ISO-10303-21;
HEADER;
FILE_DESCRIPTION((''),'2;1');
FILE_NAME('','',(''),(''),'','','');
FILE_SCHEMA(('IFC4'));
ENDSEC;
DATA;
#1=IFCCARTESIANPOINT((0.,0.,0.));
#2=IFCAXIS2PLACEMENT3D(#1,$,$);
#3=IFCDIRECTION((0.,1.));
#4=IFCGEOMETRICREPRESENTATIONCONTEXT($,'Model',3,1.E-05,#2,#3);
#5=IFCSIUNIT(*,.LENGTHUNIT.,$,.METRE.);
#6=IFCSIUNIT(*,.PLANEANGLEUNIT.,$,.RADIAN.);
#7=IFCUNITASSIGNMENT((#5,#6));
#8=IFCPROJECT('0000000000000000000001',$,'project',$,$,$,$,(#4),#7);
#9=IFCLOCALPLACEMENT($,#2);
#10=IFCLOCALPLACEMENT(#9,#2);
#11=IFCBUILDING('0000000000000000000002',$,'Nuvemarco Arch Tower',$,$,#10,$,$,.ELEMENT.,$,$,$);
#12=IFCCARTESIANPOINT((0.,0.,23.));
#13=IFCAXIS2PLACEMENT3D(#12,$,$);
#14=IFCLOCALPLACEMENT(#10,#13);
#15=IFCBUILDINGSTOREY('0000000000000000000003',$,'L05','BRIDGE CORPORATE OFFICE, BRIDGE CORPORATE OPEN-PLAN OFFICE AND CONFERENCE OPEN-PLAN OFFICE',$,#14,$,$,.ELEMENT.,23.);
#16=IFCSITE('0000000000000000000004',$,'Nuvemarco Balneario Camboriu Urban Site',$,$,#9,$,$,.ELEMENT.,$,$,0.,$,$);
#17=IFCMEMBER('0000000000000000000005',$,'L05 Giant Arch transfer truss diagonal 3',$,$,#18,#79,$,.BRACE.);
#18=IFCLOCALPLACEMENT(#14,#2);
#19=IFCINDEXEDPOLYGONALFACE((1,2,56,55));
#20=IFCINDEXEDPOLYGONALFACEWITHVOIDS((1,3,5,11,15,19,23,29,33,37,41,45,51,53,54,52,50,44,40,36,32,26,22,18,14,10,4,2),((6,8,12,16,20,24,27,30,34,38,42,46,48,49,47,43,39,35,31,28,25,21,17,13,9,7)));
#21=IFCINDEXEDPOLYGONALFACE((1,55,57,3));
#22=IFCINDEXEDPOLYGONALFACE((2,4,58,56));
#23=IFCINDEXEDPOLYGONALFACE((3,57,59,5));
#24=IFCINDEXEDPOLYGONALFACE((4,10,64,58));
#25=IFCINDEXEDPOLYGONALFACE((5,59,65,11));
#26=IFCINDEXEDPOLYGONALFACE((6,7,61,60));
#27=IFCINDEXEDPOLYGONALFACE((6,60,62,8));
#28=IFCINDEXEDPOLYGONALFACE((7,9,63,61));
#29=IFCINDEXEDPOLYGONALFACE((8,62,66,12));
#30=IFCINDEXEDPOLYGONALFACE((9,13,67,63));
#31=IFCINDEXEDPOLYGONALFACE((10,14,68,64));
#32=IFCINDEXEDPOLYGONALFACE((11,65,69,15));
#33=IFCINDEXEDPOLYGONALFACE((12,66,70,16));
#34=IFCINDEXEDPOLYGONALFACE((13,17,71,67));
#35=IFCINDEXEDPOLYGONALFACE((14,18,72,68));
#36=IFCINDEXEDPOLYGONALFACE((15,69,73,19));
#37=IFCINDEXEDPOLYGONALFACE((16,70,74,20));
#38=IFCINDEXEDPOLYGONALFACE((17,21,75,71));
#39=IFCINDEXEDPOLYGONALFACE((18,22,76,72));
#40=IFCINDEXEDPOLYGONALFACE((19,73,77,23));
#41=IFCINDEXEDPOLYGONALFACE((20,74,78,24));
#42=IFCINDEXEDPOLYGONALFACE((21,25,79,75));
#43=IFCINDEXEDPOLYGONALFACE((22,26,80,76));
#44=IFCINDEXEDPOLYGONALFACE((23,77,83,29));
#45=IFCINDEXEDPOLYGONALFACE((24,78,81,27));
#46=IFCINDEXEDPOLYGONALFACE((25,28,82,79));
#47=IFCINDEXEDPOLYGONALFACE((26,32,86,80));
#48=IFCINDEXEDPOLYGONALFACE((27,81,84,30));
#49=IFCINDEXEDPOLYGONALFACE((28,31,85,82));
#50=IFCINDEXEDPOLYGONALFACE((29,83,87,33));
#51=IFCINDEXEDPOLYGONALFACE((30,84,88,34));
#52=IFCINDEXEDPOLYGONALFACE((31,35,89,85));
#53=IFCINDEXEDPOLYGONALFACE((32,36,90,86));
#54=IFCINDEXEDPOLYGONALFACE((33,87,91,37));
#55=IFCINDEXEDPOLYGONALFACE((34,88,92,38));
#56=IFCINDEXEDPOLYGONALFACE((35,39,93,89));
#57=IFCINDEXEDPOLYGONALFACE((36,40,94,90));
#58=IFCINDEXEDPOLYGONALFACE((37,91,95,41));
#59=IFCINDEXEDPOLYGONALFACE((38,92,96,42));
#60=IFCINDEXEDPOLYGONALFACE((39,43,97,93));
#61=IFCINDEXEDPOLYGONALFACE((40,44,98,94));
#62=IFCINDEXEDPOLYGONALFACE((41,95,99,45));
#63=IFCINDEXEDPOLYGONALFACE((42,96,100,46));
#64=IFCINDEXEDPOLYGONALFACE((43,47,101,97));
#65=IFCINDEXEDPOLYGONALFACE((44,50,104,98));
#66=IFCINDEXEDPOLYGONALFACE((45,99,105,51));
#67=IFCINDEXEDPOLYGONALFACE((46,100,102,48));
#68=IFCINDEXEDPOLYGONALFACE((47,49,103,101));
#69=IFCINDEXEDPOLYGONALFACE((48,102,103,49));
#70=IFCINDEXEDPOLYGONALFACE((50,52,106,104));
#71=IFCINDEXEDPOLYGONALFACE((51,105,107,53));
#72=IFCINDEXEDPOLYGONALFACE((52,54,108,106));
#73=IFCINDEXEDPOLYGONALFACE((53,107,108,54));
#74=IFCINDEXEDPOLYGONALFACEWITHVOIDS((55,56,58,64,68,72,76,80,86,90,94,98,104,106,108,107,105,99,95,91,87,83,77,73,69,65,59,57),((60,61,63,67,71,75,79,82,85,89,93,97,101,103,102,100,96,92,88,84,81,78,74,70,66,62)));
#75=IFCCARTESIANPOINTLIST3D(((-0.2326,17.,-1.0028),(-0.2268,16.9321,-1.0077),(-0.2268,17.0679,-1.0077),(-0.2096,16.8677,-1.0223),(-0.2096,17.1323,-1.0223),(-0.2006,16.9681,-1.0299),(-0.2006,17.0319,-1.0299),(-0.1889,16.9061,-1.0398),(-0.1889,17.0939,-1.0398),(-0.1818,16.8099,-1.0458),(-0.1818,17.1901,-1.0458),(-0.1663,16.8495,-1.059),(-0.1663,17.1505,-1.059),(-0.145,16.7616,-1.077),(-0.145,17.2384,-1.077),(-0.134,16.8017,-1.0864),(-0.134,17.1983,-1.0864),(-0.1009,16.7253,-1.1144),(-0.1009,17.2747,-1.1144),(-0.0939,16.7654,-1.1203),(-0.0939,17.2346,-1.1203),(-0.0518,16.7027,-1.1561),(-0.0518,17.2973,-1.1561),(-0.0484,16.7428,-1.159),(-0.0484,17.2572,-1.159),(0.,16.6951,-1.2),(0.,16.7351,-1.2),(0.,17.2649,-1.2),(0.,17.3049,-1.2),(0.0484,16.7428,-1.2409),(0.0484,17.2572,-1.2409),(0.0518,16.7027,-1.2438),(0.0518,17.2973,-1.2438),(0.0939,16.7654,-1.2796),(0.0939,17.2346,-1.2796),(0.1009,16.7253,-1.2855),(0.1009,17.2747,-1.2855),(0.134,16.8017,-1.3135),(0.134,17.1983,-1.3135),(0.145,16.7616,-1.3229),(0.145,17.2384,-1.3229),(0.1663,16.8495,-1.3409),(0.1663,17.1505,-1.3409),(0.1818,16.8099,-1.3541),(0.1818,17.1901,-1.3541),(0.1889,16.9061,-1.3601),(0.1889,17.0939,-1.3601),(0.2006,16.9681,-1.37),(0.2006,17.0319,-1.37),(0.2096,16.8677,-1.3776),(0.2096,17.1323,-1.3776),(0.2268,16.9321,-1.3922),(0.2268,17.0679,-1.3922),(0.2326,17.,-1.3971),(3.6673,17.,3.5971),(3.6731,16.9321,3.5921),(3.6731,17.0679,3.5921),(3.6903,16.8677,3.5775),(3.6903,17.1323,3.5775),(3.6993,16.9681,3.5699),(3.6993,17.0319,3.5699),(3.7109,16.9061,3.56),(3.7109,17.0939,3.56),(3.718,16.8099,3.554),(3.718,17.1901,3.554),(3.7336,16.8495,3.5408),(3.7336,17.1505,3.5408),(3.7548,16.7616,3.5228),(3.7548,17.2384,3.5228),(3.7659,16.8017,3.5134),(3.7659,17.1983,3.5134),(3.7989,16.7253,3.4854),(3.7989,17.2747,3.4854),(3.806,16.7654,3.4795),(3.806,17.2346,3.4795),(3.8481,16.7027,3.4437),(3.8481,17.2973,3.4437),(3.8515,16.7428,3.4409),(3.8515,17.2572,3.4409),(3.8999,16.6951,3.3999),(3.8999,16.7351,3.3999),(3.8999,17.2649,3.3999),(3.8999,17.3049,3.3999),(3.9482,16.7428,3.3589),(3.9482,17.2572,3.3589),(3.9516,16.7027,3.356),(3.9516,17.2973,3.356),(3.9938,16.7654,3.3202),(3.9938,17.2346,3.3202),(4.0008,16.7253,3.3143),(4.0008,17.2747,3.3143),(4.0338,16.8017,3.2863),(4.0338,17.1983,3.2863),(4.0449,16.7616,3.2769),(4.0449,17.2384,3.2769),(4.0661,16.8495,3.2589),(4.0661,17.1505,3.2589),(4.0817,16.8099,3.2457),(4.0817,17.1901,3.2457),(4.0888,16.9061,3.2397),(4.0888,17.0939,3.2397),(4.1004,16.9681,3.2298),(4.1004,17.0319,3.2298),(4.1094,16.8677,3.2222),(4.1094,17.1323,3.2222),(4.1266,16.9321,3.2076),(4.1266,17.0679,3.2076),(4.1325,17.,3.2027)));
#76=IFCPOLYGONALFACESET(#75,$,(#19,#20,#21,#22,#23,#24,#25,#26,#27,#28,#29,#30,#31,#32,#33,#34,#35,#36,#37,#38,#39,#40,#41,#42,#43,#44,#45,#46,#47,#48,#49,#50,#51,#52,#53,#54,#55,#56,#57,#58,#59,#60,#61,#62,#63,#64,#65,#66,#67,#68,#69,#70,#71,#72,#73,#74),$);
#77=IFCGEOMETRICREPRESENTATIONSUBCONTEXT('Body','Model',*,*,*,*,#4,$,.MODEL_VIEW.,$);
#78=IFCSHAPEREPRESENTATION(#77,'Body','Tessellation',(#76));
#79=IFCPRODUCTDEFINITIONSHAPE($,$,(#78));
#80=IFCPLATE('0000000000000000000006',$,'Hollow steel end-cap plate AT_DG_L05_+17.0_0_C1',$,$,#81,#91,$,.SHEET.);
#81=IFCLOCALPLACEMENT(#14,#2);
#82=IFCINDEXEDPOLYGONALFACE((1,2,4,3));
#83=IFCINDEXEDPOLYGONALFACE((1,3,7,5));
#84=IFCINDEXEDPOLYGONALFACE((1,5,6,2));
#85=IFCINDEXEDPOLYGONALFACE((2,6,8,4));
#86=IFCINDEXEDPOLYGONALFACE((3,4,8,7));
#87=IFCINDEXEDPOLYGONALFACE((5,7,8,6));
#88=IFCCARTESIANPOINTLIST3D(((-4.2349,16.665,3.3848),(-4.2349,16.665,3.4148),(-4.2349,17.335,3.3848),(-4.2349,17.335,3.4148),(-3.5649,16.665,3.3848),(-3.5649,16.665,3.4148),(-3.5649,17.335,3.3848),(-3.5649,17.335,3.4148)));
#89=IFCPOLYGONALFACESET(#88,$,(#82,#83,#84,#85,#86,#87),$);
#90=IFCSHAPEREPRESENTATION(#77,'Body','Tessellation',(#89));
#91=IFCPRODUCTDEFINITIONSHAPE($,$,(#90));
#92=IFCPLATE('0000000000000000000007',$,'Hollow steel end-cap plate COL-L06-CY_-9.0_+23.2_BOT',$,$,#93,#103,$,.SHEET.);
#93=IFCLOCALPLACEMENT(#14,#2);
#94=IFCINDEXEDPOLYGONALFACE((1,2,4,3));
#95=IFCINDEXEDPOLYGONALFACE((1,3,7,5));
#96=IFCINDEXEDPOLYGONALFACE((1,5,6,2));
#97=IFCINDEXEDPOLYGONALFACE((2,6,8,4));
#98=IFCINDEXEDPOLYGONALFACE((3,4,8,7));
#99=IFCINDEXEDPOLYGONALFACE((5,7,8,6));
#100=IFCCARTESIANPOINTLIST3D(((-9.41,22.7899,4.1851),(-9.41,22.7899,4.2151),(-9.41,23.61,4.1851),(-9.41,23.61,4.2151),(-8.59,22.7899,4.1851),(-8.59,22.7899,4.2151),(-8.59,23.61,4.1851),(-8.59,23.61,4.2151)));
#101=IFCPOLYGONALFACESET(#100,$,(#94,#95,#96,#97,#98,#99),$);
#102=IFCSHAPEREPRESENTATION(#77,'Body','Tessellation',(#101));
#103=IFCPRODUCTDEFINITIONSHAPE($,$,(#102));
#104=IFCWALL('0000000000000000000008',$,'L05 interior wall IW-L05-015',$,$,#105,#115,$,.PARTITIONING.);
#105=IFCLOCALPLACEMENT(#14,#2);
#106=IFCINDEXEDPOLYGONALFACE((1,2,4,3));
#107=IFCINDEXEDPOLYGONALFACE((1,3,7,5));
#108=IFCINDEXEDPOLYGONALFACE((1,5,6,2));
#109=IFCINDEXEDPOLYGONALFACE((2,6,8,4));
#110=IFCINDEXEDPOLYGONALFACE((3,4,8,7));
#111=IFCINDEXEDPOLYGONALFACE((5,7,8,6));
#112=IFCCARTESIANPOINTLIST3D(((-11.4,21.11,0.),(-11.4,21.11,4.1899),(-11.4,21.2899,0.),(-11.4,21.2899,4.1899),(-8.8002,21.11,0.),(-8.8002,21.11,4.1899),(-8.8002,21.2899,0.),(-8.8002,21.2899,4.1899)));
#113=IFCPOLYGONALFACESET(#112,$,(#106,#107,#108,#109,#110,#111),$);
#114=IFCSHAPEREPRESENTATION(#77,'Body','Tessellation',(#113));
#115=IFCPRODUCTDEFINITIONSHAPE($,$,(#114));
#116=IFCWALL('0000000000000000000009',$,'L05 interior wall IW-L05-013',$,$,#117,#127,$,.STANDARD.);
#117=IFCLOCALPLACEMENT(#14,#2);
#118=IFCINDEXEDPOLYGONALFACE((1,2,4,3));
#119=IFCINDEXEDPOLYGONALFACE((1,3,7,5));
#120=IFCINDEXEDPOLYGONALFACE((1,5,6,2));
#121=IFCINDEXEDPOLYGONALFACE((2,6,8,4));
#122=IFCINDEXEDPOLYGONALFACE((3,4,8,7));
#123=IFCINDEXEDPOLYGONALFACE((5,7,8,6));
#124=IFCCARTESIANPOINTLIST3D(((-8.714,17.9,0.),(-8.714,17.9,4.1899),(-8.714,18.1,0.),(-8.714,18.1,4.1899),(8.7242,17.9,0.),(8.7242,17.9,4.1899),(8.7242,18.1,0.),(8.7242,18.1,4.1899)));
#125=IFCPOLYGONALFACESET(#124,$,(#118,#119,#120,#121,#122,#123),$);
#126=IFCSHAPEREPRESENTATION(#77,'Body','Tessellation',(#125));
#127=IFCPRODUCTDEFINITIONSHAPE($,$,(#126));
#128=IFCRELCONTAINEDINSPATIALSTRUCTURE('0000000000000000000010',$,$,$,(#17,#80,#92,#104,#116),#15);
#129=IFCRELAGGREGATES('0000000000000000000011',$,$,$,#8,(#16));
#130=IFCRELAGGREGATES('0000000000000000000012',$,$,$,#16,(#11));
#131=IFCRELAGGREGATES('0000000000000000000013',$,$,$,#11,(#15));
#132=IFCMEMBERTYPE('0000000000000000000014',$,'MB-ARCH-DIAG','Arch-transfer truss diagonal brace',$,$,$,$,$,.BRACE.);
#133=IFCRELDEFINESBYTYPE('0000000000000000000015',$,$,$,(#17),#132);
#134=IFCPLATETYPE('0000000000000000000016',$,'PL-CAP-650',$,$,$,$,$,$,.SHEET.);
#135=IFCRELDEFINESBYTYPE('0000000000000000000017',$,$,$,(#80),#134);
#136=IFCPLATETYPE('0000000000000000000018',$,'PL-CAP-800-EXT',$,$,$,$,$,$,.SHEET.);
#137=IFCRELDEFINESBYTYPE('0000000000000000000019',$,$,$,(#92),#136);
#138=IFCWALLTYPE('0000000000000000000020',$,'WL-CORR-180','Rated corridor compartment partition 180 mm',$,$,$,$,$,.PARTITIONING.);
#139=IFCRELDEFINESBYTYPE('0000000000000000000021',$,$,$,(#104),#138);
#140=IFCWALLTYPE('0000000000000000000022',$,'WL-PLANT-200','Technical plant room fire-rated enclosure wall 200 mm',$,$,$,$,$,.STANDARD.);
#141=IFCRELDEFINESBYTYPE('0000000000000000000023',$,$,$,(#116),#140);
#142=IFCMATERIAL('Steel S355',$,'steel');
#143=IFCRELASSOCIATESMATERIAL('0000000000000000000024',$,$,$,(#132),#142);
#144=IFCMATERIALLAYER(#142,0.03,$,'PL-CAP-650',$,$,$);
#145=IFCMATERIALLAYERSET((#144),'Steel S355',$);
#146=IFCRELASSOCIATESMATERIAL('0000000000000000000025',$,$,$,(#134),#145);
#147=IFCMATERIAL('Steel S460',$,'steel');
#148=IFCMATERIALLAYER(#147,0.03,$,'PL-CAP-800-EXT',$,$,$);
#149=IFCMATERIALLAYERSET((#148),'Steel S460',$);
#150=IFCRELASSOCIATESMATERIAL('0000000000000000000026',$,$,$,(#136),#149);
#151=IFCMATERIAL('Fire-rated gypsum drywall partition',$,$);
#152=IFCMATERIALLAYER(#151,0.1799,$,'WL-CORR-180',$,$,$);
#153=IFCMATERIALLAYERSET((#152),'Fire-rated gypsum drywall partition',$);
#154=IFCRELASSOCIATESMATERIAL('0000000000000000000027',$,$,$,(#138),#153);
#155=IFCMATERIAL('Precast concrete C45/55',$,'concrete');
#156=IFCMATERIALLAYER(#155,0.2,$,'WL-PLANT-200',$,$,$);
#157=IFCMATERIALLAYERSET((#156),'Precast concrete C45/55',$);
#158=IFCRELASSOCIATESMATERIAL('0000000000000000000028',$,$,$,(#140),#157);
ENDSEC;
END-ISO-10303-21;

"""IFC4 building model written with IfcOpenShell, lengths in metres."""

from ifc_helpers import new_model, si_unit, direction, frame, frame_2d, origin, origin_2d, place, context, subcontext, project, spatial, rectangle, hollow_circle, extrude, source, transform, mapped, material, layer, layer_set, material_profile, profile_set, type_object, type_shapes, element, save


model = new_model("IFC4")

# Units and contexts
model_context = context("Model", 3, precision=1e-05, world=origin(), true_north=direction((0.0, 1.0)))
body_context = subcontext(model_context, "Body", "Model", "MODEL_VIEW")
ifc_project = project(units=[si_unit("LENGTHUNIT", "METRE"), si_unit("PLANEANGLEUNIT", "RADIAN")], contexts=[model_context])

# Site, building, storey
site_placement = place(None, origin())
site = spatial("IfcSite", under=ifc_project, at=site_placement, Name="Nuvemarco Balneario Camboriu Urban Site", CompositionType="ELEMENT", RefElevation=0.0)
building_placement = place(site_placement, origin())
building = spatial("IfcBuilding", under=site, at=building_placement, Name="Nuvemarco Arch Tower", CompositionType="ELEMENT")
storey_placement = place(building_placement, frame((0.0, 0.0, 23.0)))
storey = spatial("IfcBuildingStorey", under=building, at=storey_placement, Name="L05", Description="BRIDGE CORPORATE OFFICE, BRIDGE CORPORATE OPEN-PLAN OFFICE AND CONFERENCE OPEN-PLAN OFFICE", CompositionType="ELEMENT", Elevation=23.0)

# Shared definitions
ifc_material_1 = material(Name="Steel S460", Category="steel")
ifc_material_2 = material(Name="Steel S355", Category="steel")

# Member
ifc_material_profile_1 = material_profile(ifc_material_2, hollow_circle(Radius=0.3049, WallThickness=0.04, at=origin_2d()), Name="CHS610x40")
ifc_profile_set_1 = profile_set([ifc_material_profile_1], Name="Steel S355")
member_type_1 = type_object("IfcMemberType", Name="MB-ARCH-DIAG", Description="Arch-transfer truss diagonal brace", PredefinedType="BRACE", material=ifc_profile_set_1)
for number, where, z_axis, x_axis, name in (
    (1, (0.0, 17.0, -1.2), (0.646688, 0.0, 0.762755), (0.0, 1.0, 0.0), "L05 Giant Arch transfer truss diagonal 3"),
):
    element("IfcMember", number, at=place(storey_placement, frame(where, z_axis=z_axis, x_axis=x_axis)), inside=storey, type_object=member_type_1, Name=name, PredefinedType="BRACE", context=body_context, shape_type="SweptSolid", body=[
        extrude(hollow_circle(Radius=0.3049, WallThickness=0.04, at=origin_2d()), origin(), (0.0, 0.0, 1.0), 6.0305),
    ])

# Plates
ifc_layer_1 = layer(ifc_material_2, 0.03, Name="PL-CAP-650")
ifc_layer_set_1 = layer_set([ifc_layer_1], Name="Steel S355")
plate_type_1 = type_object("IfcPlateType", Name="PL-CAP-650", PredefinedType="SHEET", material=ifc_layer_set_1)
shared_shape_1 = source(origin(), body_context, "Body", "SweptSolid", [
    extrude(rectangle(XDim=0.6699, YDim=0.6699, at=origin_2d()), origin(), (0.0, 0.0, 1.0), 0.03),
])
type_shapes(plate_type_1, [shared_shape_1])
plate_1_placement = place(storey_placement, frame((-3.8999, 17.0, 3.3848), z_axis=(0.0, 0.0, 1.0), x_axis=(1.0, 0.0, 0.0)))
element("IfcPlate", 2, at=plate_1_placement, inside=storey, type_object=plate_type_1, Name="Hollow steel end-cap plate AT_DG_L05_+17.0_0_C1", PredefinedType="SHEET", context=body_context, shape_type="MappedRepresentation", body=[
    mapped(shared_shape_1, transform((0.0, 0.0, 0.0), scale=1.0)),
])
ifc_layer_2 = layer(ifc_material_1, 0.03, Name="PL-CAP-800-EXT")
ifc_layer_set_2 = layer_set([ifc_layer_2], Name="Steel S460")
plate_type_2 = type_object("IfcPlateType", Name="PL-CAP-800-EXT", PredefinedType="SHEET", material=ifc_layer_set_2)
shared_shape_2 = source(origin(), body_context, "Body", "SweptSolid", [
    extrude(rectangle(XDim=0.8201, YDim=0.8201, at=origin_2d()), origin(), (0.0, 0.0, 1.0), 0.03),
])
type_shapes(plate_type_2, [shared_shape_2])
plate_2_placement = place(storey_placement, frame((-9.0, 23.2, 4.1851), z_axis=(0.0, 0.0, 1.0), x_axis=(1.0, 0.0, 0.0)))
element("IfcPlate", 3, at=plate_2_placement, inside=storey, type_object=plate_type_2, Name="Hollow steel end-cap plate COL-L06-CY_-9.0_+23.2_BOT", PredefinedType="SHEET", context=body_context, shape_type="MappedRepresentation", body=[
    mapped(shared_shape_2, transform((0.0, 0.0, 0.0), scale=1.0)),
])

# Walls
ifc_material_3 = material(Name="Fire-rated gypsum drywall partition")
ifc_layer_3 = layer(ifc_material_3, 0.1799, Name="WL-CORR-180")
ifc_layer_set_3 = layer_set([ifc_layer_3], Name="Fire-rated gypsum drywall partition")
wall_type_1 = type_object("IfcWallType", Name="WL-CORR-180", Description="Rated corridor compartment partition 180 mm", PredefinedType="PARTITIONING", material=ifc_layer_set_3)
wall_1_placement = place(storey_placement, frame((-11.3999, 21.2, 0.0), z_axis=(0.0, 0.0, 1.0), x_axis=(1.0, 0.0, 0.0)))
element("IfcWall", 4, at=wall_1_placement, inside=storey, type_object=wall_type_1, Name="L05 interior wall IW-L05-015", PredefinedType="PARTITIONING", context=body_context, shape_type="SweptSolid", body=[
    extrude(rectangle(XDim=2.5999, YDim=0.1799, at=frame_2d((1.2998, 0.0))), origin(), (0.0, 0.0, 1.0), 4.1899),
])
ifc_material_4 = material(Name="Precast concrete C45/55", Category="concrete")
ifc_layer_4 = layer(ifc_material_4, 0.2, Name="WL-PLANT-200")
ifc_layer_set_4 = layer_set([ifc_layer_4], Name="Precast concrete C45/55")
wall_type_2 = type_object("IfcWallType", Name="WL-PLANT-200", Description="Technical plant room fire-rated enclosure wall 200 mm", PredefinedType="STANDARD", material=ifc_layer_set_4)
wall_2_placement = place(storey_placement, frame((-8.7141, 18.0, 0.0), z_axis=(0.0, 0.0, 1.0), x_axis=(1.0, 0.0, 0.0)))
element("IfcWall", 5, at=wall_2_placement, inside=storey, type_object=wall_type_2, Name="L05 interior wall IW-L05-013", PredefinedType="STANDARD", context=body_context, shape_type="SweptSolid", body=[
    extrude(rectangle(XDim=17.4382, YDim=0.2, at=frame_2d((8.7192, 0.0))), origin(), (0.0, 0.0, 1.0), 4.1899),
])

save(model, "model.ifc")
